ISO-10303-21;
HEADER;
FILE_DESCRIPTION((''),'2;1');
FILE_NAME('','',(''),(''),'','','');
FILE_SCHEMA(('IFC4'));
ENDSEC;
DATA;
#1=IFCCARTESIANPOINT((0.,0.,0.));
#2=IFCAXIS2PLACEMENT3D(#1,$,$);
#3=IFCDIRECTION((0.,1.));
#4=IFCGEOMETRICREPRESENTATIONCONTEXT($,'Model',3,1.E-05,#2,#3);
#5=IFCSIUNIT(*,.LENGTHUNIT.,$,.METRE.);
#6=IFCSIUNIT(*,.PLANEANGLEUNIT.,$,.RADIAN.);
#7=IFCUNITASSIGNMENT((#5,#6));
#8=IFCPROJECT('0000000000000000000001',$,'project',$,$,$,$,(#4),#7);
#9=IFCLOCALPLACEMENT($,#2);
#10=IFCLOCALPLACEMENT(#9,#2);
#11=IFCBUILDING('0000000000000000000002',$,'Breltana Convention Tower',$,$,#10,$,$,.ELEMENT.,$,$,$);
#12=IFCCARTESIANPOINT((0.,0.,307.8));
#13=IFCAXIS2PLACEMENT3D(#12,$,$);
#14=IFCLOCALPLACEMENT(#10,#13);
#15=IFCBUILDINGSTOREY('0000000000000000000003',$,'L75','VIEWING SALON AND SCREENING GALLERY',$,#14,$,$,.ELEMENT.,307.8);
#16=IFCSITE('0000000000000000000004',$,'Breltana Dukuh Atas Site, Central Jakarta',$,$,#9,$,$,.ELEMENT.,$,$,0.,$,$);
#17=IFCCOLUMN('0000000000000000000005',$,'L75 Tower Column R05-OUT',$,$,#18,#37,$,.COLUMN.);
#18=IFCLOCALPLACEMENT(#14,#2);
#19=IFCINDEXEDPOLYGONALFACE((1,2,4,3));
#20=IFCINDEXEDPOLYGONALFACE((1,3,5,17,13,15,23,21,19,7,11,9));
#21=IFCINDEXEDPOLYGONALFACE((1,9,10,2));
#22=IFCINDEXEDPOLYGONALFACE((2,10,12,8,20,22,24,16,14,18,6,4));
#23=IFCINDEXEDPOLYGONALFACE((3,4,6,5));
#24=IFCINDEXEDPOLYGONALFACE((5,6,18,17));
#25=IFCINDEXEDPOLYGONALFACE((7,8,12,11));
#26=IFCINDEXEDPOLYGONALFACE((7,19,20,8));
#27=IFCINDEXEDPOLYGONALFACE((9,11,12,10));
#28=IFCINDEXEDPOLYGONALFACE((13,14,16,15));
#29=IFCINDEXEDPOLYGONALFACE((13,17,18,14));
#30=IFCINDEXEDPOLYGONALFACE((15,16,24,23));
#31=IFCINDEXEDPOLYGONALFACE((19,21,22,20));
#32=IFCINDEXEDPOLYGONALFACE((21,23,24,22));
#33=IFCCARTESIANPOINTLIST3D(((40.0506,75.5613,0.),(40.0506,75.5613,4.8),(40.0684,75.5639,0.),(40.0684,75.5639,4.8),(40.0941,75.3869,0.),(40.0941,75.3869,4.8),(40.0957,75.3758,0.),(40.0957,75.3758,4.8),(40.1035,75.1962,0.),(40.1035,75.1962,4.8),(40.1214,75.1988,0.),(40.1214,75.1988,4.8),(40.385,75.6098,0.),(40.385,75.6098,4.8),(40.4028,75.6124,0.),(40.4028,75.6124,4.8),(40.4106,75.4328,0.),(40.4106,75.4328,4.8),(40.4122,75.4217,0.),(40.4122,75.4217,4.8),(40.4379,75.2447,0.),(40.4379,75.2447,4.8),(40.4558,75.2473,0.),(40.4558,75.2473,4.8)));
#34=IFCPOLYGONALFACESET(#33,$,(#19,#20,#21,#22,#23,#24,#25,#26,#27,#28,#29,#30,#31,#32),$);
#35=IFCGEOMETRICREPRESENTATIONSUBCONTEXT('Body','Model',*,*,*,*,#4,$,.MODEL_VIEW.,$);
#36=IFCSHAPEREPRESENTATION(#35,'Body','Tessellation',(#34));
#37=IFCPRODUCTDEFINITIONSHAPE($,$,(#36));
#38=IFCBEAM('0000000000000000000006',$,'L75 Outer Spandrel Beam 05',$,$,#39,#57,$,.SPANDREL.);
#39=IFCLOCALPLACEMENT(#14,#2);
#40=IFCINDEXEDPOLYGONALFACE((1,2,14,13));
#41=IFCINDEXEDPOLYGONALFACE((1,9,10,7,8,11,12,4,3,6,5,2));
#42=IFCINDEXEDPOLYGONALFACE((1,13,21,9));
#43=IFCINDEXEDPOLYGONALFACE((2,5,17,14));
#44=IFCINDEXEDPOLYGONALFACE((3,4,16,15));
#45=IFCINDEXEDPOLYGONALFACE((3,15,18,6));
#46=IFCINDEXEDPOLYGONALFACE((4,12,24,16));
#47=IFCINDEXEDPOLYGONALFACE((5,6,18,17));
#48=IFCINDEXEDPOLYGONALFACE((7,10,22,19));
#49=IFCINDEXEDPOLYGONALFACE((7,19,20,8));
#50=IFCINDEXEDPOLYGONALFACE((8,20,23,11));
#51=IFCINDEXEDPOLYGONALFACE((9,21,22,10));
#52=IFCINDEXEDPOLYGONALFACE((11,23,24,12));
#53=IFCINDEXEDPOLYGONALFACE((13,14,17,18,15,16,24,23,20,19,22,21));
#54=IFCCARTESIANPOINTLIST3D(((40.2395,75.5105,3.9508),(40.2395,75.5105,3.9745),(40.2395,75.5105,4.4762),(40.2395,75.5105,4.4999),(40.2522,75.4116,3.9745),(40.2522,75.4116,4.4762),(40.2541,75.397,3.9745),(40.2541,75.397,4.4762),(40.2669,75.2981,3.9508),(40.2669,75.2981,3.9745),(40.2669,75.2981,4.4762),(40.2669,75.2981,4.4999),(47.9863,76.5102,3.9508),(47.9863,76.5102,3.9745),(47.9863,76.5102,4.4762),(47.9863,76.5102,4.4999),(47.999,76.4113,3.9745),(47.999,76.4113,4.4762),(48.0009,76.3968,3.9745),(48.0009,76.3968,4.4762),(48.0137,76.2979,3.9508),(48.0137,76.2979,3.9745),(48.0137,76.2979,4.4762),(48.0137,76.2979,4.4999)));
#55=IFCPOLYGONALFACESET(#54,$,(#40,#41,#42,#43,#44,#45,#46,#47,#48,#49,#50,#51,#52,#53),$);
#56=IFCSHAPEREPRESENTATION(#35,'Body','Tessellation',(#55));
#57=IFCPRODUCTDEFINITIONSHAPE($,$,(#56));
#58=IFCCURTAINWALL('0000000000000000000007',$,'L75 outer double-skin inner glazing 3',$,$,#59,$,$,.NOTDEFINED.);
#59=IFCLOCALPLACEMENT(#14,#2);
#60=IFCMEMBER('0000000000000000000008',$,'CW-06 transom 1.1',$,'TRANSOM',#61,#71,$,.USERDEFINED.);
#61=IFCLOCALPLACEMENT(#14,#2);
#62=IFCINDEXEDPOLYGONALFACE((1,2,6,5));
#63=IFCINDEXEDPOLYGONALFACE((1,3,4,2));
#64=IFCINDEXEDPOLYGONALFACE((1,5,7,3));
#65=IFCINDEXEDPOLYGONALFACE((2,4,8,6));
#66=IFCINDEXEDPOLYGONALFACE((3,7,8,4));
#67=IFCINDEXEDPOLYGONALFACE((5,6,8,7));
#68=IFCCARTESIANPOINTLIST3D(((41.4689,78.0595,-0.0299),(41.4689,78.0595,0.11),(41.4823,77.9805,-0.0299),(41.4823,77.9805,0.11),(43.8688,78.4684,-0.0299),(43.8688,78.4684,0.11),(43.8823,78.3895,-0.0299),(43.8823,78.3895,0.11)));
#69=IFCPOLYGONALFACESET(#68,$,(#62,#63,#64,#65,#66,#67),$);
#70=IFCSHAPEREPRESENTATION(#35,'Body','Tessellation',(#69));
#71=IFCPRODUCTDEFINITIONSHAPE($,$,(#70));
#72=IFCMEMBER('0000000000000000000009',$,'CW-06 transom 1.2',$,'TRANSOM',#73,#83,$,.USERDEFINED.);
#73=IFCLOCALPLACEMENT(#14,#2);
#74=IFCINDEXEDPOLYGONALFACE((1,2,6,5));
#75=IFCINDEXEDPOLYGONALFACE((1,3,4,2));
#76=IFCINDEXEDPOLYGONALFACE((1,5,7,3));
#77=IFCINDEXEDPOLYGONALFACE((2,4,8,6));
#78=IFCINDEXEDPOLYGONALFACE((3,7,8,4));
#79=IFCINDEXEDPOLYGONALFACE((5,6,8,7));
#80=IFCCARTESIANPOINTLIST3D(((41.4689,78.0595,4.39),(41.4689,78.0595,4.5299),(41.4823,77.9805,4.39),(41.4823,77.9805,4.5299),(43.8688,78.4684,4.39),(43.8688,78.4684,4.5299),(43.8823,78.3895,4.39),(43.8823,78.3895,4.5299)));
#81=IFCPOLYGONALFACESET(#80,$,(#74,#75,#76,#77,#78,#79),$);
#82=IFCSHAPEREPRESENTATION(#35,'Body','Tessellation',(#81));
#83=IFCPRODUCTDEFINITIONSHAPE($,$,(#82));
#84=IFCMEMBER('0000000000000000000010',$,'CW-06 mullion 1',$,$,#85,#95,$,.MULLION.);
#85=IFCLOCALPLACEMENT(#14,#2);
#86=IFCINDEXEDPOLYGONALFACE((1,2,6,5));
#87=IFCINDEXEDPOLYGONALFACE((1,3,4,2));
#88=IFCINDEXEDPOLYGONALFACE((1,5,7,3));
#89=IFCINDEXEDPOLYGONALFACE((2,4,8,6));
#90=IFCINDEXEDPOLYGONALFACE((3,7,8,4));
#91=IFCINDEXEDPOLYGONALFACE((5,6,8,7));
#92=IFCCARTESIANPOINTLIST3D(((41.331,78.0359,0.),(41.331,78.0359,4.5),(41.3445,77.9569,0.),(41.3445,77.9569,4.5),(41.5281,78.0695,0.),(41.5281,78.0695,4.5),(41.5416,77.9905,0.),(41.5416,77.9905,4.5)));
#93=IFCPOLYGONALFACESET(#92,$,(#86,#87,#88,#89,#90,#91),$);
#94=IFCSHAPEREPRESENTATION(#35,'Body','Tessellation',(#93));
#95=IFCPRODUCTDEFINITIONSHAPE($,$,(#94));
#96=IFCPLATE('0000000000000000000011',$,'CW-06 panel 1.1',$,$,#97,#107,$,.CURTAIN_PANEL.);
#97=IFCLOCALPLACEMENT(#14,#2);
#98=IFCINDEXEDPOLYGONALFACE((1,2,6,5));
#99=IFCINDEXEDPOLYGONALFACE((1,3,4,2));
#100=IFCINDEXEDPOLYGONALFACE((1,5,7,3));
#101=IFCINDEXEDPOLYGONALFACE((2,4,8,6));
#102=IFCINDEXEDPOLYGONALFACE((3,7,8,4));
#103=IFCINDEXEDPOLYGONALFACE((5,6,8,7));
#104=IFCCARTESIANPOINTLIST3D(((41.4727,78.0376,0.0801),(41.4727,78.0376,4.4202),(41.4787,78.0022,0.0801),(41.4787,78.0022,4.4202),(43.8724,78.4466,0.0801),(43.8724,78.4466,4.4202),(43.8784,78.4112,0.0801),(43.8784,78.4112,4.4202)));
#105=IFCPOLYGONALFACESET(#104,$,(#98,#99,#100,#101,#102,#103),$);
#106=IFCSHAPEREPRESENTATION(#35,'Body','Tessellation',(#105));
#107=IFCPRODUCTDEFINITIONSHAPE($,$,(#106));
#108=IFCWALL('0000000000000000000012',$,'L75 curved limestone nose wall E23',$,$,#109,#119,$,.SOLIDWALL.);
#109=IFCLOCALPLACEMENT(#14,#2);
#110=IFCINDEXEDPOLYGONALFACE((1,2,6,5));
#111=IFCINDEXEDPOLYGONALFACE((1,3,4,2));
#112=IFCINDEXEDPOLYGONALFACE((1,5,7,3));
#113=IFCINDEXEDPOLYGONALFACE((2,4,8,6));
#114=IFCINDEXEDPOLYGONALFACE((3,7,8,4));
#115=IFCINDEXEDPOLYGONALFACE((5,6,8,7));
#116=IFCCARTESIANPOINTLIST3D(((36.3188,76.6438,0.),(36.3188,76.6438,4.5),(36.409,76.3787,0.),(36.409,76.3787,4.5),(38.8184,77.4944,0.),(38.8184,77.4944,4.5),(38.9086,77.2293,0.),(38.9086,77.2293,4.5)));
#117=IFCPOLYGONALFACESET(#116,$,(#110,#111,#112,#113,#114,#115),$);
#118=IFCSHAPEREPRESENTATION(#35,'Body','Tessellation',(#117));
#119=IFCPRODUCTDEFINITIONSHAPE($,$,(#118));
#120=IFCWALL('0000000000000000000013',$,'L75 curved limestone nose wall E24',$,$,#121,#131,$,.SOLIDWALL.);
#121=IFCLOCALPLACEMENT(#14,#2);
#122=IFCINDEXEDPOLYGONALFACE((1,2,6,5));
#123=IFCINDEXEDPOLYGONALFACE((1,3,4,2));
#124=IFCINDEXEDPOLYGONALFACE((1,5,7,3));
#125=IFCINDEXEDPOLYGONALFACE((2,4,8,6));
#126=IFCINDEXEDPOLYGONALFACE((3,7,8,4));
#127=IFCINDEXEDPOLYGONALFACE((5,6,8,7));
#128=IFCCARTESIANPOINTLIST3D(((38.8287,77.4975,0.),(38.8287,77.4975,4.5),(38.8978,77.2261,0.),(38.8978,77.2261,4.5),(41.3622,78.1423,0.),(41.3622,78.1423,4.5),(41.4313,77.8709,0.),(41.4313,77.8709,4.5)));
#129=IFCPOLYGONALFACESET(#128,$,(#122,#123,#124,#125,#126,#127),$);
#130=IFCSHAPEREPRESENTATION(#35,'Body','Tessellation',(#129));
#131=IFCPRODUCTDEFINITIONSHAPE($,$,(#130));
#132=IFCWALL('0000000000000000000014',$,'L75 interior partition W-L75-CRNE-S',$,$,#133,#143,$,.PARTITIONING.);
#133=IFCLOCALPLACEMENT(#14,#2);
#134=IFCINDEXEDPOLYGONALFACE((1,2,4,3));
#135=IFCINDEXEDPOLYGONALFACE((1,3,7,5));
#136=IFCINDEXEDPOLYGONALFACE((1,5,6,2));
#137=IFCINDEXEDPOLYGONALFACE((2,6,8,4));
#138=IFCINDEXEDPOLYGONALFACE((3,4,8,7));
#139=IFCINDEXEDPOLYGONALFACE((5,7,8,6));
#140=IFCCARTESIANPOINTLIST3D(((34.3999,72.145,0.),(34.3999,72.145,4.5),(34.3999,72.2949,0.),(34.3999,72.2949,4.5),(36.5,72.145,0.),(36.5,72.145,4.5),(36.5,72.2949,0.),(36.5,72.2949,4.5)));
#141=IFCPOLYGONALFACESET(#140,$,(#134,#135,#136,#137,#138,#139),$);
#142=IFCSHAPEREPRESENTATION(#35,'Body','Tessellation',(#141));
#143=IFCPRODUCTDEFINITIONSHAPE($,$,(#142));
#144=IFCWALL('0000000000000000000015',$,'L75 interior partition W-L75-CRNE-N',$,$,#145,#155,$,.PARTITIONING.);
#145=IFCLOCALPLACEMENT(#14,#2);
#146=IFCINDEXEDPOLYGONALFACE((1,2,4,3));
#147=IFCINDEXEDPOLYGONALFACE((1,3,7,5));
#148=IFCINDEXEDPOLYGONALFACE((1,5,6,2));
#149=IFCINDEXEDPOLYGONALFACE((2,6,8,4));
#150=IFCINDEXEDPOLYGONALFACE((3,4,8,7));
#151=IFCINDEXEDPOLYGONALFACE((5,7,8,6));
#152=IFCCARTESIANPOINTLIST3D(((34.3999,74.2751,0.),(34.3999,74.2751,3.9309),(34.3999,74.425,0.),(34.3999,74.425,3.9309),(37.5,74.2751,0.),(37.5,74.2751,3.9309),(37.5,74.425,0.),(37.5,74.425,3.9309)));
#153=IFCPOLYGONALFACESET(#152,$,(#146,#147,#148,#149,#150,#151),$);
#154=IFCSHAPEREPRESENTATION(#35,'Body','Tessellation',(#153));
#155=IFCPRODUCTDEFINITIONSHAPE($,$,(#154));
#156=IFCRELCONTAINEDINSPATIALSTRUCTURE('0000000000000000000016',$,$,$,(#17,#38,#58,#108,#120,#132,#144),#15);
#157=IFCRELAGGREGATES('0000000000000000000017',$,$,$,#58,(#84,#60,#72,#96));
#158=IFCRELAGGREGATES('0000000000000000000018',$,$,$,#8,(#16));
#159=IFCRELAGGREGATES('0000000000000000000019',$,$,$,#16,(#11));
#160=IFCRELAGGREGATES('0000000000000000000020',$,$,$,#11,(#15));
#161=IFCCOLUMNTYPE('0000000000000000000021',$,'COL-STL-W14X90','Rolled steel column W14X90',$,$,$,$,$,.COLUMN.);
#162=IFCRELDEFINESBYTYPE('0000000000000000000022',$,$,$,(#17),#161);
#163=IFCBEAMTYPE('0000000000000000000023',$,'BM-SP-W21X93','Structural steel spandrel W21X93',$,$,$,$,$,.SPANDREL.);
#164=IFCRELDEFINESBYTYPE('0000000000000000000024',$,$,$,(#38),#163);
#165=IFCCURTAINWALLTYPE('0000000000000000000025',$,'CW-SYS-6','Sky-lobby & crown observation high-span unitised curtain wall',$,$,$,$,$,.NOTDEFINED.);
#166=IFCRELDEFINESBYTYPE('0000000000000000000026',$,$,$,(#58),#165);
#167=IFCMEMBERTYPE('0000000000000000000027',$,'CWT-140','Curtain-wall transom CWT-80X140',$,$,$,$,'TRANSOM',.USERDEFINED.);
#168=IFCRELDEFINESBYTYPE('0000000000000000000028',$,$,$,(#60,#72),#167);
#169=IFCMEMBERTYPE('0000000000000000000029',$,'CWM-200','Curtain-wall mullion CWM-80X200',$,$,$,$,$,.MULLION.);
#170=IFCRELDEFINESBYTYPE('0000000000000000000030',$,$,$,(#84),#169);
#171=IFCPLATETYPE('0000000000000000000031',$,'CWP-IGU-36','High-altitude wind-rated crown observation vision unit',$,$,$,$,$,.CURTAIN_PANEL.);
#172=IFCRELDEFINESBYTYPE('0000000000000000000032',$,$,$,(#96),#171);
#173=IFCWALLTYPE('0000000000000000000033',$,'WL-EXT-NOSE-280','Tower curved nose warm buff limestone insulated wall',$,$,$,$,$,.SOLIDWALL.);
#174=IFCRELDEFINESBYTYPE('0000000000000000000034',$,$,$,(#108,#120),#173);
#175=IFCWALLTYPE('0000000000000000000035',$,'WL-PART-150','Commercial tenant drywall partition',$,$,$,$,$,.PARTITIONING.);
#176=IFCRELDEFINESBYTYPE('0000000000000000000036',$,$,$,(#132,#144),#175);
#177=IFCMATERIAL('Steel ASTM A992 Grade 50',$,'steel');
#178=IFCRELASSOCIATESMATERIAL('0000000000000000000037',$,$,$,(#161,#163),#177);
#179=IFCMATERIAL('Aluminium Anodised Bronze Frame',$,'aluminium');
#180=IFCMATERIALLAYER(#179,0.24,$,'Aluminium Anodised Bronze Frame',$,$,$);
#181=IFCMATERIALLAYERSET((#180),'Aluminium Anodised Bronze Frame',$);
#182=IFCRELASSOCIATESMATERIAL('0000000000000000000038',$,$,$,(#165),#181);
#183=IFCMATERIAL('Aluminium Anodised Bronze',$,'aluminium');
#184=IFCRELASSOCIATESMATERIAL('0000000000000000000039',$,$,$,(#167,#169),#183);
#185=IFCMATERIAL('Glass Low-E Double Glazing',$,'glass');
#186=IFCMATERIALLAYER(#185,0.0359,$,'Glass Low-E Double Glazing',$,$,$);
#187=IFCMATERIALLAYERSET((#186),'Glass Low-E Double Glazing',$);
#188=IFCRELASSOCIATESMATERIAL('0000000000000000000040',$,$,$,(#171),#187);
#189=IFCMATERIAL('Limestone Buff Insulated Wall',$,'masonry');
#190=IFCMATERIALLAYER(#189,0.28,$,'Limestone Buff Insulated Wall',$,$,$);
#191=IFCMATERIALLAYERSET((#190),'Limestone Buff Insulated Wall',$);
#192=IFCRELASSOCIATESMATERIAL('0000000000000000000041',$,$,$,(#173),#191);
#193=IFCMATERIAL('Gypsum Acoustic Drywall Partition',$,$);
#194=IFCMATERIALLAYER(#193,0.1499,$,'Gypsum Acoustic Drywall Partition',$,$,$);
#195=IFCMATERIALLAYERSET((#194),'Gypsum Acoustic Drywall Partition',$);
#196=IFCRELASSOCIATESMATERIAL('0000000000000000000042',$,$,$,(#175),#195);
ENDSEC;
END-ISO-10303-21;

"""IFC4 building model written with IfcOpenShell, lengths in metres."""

from ifc_helpers import new_model, si_unit, direction, frame, frame_2d, origin, origin_2d, place, context, subcontext, project, spatial, rectangle, i_section, extrude, source, transform, mapped, material, layer, layer_set, material_profile, profile_set, type_object, type_shapes, element, aggregate, save


model = new_model("IFC4")

# Units and contexts
model_context = context("Model", 3, precision=1e-05, world=origin(), true_north=direction((0.0, 1.0)))
body_context = subcontext(model_context, "Body", "Model", "MODEL_VIEW")
ifc_project = project(units=[si_unit("LENGTHUNIT", "METRE"), si_unit("PLANEANGLEUNIT", "RADIAN")], contexts=[model_context])

# Site, building, storey
site_placement = place(None, origin())
site = spatial("IfcSite", under=ifc_project, at=site_placement, Name="Breltana Dukuh Atas Site, Central Jakarta", CompositionType="ELEMENT", RefElevation=0.0)
building_placement = place(site_placement, origin())
building = spatial("IfcBuilding", under=site, at=building_placement, Name="Breltana Convention Tower", CompositionType="ELEMENT")
storey_placement = place(building_placement, frame((0.0, 0.0, 307.8)))
storey = spatial("IfcBuildingStorey", under=building, at=storey_placement, Name="L75", Description="VIEWING SALON AND SCREENING GALLERY", CompositionType="ELEMENT", Elevation=307.8)

# Column
ifc_material_1 = material(Name="Steel ASTM A992 Grade 50", Category="steel")
ifc_material_profile_1 = material_profile(ifc_material_1, i_section(OverallWidth=0.3689, OverallDepth=0.356, WebThickness=0.0112, FlangeThickness=0.0181, at=origin_2d()), Name="W14X90")
ifc_profile_set_1 = profile_set([ifc_material_profile_1], Name="Steel ASTM A992 Grade 50")
column_type = type_object("IfcColumnType", Name="COL-STL-W14X90", Description="Rolled steel column W14X90", PredefinedType="COLUMN", material=ifc_profile_set_1)
shared_shape_1 = source(origin(), body_context, "Body", "SweptSolid", [
    extrude(i_section(OverallWidth=0.3689, OverallDepth=0.356, WebThickness=0.0112, FlangeThickness=0.0181, at=origin_2d()), origin(), (0.0, 0.0, 1.0), 4.8),
])
type_shapes(column_type, [shared_shape_1])
column_placement = place(storey_placement, frame((40.2532, 75.4043, 0.0), z_axis=(0.0, 0.0, 1.0), x_axis=(-0.143493, 0.989651, 0.0)))
element("IfcColumn", 1, at=column_placement, inside=storey, type_object=column_type, Name="L75 Tower Column R05-OUT", PredefinedType="COLUMN", context=body_context, shape_type="MappedRepresentation", body=[
    mapped(shared_shape_1, transform((0.0, 0.0, 0.0), scale=1.0)),
])

# Beam
ifc_material_profile_2 = material_profile(ifc_material_1, i_section(OverallWidth=0.2141, OverallDepth=0.5491, WebThickness=0.0146, FlangeThickness=0.0237, at=origin_2d()), Name="W21X93")
ifc_profile_set_2 = profile_set([ifc_material_profile_2], Name="Steel ASTM A992 Grade 50")
beam_type = type_object("IfcBeamType", Name="BM-SP-W21X93", Description="Structural steel spandrel W21X93", PredefinedType="SPANDREL", material=ifc_profile_set_2)
shared_shape_2 = source(origin(), body_context, "Body", "SweptSolid", [
    extrude(i_section(OverallWidth=0.2141, OverallDepth=0.5491, WebThickness=0.0146, FlangeThickness=0.0237, at=origin_2d()), origin(), (0.0, 0.0, 1.0), 7.811),
])
beam_placement = place(storey_placement, frame((40.2532, 75.4043, 4.2253), z_axis=(0.991775, 0.127992, 0.0), x_axis=(-0.127992, 0.991775, 0.0)))
element("IfcBeam", 2, at=beam_placement, inside=storey, type_object=beam_type, Name="L75 Outer Spandrel Beam 05", PredefinedType="SPANDREL", context=body_context, shape_type="MappedRepresentation", body=[
    mapped(shared_shape_2, transform((0.0, 0.0, 0.0), scale=1.0)),
])

# Curtain wall, members, plate
ifc_material_2 = material(Name="Aluminium Anodised Bronze Frame", Category="aluminium")
ifc_layer_1 = layer(ifc_material_2, 0.24, Name="Aluminium Anodised Bronze Frame")
ifc_layer_set_1 = layer_set([ifc_layer_1], Name="Aluminium Anodised Bronze Frame")
curtain_wall_type = type_object("IfcCurtainWallType", Name="CW-SYS-6", Description="Sky-lobby & crown observation high-span unitised curtain wall", PredefinedType="NOTDEFINED", material=ifc_layer_set_1)
curtain_wall_placement = place(storey_placement, origin())
curtain_wall = element("IfcCurtainWall", 3, at=curtain_wall_placement, inside=storey, type_object=curtain_wall_type, Name="L75 outer double-skin inner glazing 3", PredefinedType="NOTDEFINED")
ifc_material_3 = material(Name="Aluminium Anodised Bronze", Category="aluminium")
ifc_material_profile_3 = material_profile(ifc_material_3, rectangle(XDim=0.0801, YDim=0.1399, at=origin_2d()), Name="CWT-80X140")
ifc_profile_set_3 = profile_set([ifc_material_profile_3], Name="Aluminium Anodised Bronze")
member_type_1 = type_object("IfcMemberType", Name="CWT-140", Description="Curtain-wall transom CWT-80X140", ElementType="TRANSOM", PredefinedType="USERDEFINED", material=ifc_profile_set_3)
shared_shape_3 = source(origin(), body_context, "Body", "SweptSolid", [
    extrude(rectangle(XDim=0.0801, YDim=0.1399, at=origin_2d()), origin(), (0.0, 0.0, 1.0), 2.4346),
])
member_1_placement = place(storey_placement, frame((41.4756, 78.02, 0.04), z_axis=(0.985791, 0.167976, 0.0), x_axis=(-0.167976, 0.985791, 0.0)))
member_1 = element("IfcMember", 4, at=member_1_placement, type_object=member_type_1, Name="CW-06 transom 1.1", ObjectType="TRANSOM", PredefinedType="USERDEFINED", context=body_context, shape_type="MappedRepresentation", body=[
    mapped(shared_shape_3, transform((0.0, 0.0, 0.0), scale=1.0)),
])
member_2_placement = place(storey_placement, frame((41.4756, 78.02, 4.46), z_axis=(0.985791, 0.167976, 0.0), x_axis=(-0.167976, 0.985791, 0.0)))
member_2 = element("IfcMember", 5, at=member_2_placement, type_object=member_type_1, Name="CW-06 transom 1.2", ObjectType="TRANSOM", PredefinedType="USERDEFINED", context=body_context, shape_type="MappedRepresentation", body=[
    mapped(shared_shape_3, transform((0.0, 0.0, 0.0), scale=1.0)),
])
ifc_material_profile_4 = material_profile(ifc_material_3, rectangle(XDim=0.0801, YDim=0.2, at=origin_2d()), Name="CWM-80X200")
ifc_profile_set_4 = profile_set([ifc_material_profile_4], Name="Aluminium Anodised Bronze")
member_type_2 = type_object("IfcMemberType", Name="CWM-200", Description="Curtain-wall mullion CWM-80X200", PredefinedType="MULLION", material=ifc_profile_set_4)
shared_shape_4 = source(origin(), body_context, "Body", "SweptSolid", [
    extrude(rectangle(XDim=0.0801, YDim=0.2, at=origin_2d()), origin(), (0.0, 0.0, 1.0), 4.5),
])
member_3_placement = place(storey_placement, frame((41.4363, 78.0132, 0.0), z_axis=(0.0, 0.0, 1.0), x_axis=(-0.168017, 0.985784, 0.0)))
member_3 = element("IfcMember", 6, at=member_3_placement, type_object=member_type_2, Name="CW-06 mullion 1", PredefinedType="MULLION", context=body_context, shape_type="MappedRepresentation", body=[
    mapped(shared_shape_4, transform((0.0, 0.0, 0.0), scale=1.0)),
])
ifc_material_4 = material(Name="Glass Low-E Double Glazing", Category="glass")
ifc_layer_2 = layer(ifc_material_4, 0.0359, Name="Glass Low-E Double Glazing")
ifc_layer_set_2 = layer_set([ifc_layer_2], Name="Glass Low-E Double Glazing")
plate_type = type_object("IfcPlateType", Name="CWP-IGU-36", Description="High-altitude wind-rated crown observation vision unit", PredefinedType="CURTAIN_PANEL", material=ifc_layer_set_2)
shared_shape_5 = source(origin(), body_context, "Body", "SweptSolid", [
    extrude(rectangle(XDim=2.4343, YDim=0.0359, at=origin_2d()), origin(), (0.0, 0.0, 1.0), 4.3401),
])
plate_placement = place(storey_placement, frame((42.6755, 78.2244, 0.0801), z_axis=(0.0, 0.0, 1.0), x_axis=(0.985784, 0.168017, 0.0)))
plate = element("IfcPlate", 7, at=plate_placement, type_object=plate_type, Name="CW-06 panel 1.1", PredefinedType="CURTAIN_PANEL", context=body_context, shape_type="MappedRepresentation", body=[
    mapped(shared_shape_5, transform((0.0, 0.0, 0.0), scale=1.0)),
])
aggregate(curtain_wall, [member_3, member_1, member_2, plate])

# Walls
ifc_material_5 = material(Name="Limestone Buff Insulated Wall", Category="masonry")
ifc_layer_3 = layer(ifc_material_5, 0.28, Name="Limestone Buff Insulated Wall")
ifc_layer_set_3 = layer_set([ifc_layer_3], Name="Limestone Buff Insulated Wall")
wall_type_1 = type_object("IfcWallType", Name="WL-EXT-NOSE-280", Description="Tower curved nose warm buff limestone insulated wall", PredefinedType="SOLIDWALL", material=ifc_layer_set_3)
shared_shape_6 = source(origin(), body_context, "Body", "SweptSolid", [
    extrude(rectangle(XDim=2.6404, YDim=0.28, at=frame_2d((1.3203, 0.0))), origin(), (0.0, 0.0, 1.0), 4.5),
])
wall_1_placement = place(storey_placement, frame((36.3638, 76.5112, 0.0), z_axis=(0.0, 0.0, 1.0), x_axis=(0.946686, 0.322158, 0.0)))
element("IfcWall", 8, at=wall_1_placement, inside=storey, type_object=wall_type_1, Name="L75 curved limestone nose wall E23", PredefinedType="SOLIDWALL", context=body_context, shape_type="MappedRepresentation", body=[
    mapped(shared_shape_6, transform((0.0, 0.0, 0.0), scale=1.0)),
])
shared_shape_7 = source(origin(), body_context, "Body", "SweptSolid", [
    extrude(rectangle(XDim=2.6143, YDim=0.28, at=frame_2d((1.3071, 0.0))), origin(), (0.0, 0.0, 1.0), 4.5),
])
wall_2_placement = place(storey_placement, frame((38.8633, 77.3618, 0.0), z_axis=(0.0, 0.0, 1.0), x_axis=(0.969107, 0.246643, 0.0)))
element("IfcWall", 9, at=wall_2_placement, inside=storey, type_object=wall_type_1, Name="L75 curved limestone nose wall E24", PredefinedType="SOLIDWALL", context=body_context, shape_type="MappedRepresentation", body=[
    mapped(shared_shape_7, transform((0.0, 0.0, 0.0), scale=1.0)),
])
ifc_material_6 = material(Name="Gypsum Acoustic Drywall Partition")
ifc_layer_4 = layer(ifc_material_6, 0.1499, Name="Gypsum Acoustic Drywall Partition")
ifc_layer_set_4 = layer_set([ifc_layer_4], Name="Gypsum Acoustic Drywall Partition")
wall_type_2 = type_object("IfcWallType", Name="WL-PART-150", Description="Commercial tenant drywall partition", PredefinedType="PARTITIONING", material=ifc_layer_set_4)
shared_shape_8 = source(origin(), body_context, "Body", "SweptSolid", [
    extrude(rectangle(XDim=2.1001, YDim=0.1499, at=frame_2d((1.05, 0.0))), origin(), (0.0, 0.0, 1.0), 4.5),
])
wall_3_placement = place(storey_placement, frame((34.3999, 72.22, 0.0), z_axis=(0.0, 0.0, 1.0), x_axis=(1.0, 0.0, 0.0)))
element("IfcWall", 10, at=wall_3_placement, inside=storey, type_object=wall_type_2, Name="L75 interior partition W-L75-CRNE-S", PredefinedType="PARTITIONING", context=body_context, shape_type="MappedRepresentation", body=[
    mapped(shared_shape_8, transform((0.0, 0.0, 0.0), scale=1.0)),
])
shared_shape_9 = source(origin(), body_context, "Body", "SweptSolid", [
    extrude(rectangle(XDim=3.1001, YDim=0.1499, at=frame_2d((1.55, 0.0))), origin(), (0.0, 0.0, 1.0), 3.9309),
])
wall_4_placement = place(storey_placement, frame((34.3999, 74.3501, 0.0), z_axis=(0.0, 0.0, 1.0), x_axis=(1.0, 0.0, 0.0)))
element("IfcWall", 11, at=wall_4_placement, inside=storey, type_object=wall_type_2, Name="L75 interior partition W-L75-CRNE-N", PredefinedType="PARTITIONING", context=body_context, shape_type="MappedRepresentation", body=[
    mapped(shared_shape_9, transform((0.0, 0.0, 0.0), scale=1.0)),
])

save(model, "model.ifc")
